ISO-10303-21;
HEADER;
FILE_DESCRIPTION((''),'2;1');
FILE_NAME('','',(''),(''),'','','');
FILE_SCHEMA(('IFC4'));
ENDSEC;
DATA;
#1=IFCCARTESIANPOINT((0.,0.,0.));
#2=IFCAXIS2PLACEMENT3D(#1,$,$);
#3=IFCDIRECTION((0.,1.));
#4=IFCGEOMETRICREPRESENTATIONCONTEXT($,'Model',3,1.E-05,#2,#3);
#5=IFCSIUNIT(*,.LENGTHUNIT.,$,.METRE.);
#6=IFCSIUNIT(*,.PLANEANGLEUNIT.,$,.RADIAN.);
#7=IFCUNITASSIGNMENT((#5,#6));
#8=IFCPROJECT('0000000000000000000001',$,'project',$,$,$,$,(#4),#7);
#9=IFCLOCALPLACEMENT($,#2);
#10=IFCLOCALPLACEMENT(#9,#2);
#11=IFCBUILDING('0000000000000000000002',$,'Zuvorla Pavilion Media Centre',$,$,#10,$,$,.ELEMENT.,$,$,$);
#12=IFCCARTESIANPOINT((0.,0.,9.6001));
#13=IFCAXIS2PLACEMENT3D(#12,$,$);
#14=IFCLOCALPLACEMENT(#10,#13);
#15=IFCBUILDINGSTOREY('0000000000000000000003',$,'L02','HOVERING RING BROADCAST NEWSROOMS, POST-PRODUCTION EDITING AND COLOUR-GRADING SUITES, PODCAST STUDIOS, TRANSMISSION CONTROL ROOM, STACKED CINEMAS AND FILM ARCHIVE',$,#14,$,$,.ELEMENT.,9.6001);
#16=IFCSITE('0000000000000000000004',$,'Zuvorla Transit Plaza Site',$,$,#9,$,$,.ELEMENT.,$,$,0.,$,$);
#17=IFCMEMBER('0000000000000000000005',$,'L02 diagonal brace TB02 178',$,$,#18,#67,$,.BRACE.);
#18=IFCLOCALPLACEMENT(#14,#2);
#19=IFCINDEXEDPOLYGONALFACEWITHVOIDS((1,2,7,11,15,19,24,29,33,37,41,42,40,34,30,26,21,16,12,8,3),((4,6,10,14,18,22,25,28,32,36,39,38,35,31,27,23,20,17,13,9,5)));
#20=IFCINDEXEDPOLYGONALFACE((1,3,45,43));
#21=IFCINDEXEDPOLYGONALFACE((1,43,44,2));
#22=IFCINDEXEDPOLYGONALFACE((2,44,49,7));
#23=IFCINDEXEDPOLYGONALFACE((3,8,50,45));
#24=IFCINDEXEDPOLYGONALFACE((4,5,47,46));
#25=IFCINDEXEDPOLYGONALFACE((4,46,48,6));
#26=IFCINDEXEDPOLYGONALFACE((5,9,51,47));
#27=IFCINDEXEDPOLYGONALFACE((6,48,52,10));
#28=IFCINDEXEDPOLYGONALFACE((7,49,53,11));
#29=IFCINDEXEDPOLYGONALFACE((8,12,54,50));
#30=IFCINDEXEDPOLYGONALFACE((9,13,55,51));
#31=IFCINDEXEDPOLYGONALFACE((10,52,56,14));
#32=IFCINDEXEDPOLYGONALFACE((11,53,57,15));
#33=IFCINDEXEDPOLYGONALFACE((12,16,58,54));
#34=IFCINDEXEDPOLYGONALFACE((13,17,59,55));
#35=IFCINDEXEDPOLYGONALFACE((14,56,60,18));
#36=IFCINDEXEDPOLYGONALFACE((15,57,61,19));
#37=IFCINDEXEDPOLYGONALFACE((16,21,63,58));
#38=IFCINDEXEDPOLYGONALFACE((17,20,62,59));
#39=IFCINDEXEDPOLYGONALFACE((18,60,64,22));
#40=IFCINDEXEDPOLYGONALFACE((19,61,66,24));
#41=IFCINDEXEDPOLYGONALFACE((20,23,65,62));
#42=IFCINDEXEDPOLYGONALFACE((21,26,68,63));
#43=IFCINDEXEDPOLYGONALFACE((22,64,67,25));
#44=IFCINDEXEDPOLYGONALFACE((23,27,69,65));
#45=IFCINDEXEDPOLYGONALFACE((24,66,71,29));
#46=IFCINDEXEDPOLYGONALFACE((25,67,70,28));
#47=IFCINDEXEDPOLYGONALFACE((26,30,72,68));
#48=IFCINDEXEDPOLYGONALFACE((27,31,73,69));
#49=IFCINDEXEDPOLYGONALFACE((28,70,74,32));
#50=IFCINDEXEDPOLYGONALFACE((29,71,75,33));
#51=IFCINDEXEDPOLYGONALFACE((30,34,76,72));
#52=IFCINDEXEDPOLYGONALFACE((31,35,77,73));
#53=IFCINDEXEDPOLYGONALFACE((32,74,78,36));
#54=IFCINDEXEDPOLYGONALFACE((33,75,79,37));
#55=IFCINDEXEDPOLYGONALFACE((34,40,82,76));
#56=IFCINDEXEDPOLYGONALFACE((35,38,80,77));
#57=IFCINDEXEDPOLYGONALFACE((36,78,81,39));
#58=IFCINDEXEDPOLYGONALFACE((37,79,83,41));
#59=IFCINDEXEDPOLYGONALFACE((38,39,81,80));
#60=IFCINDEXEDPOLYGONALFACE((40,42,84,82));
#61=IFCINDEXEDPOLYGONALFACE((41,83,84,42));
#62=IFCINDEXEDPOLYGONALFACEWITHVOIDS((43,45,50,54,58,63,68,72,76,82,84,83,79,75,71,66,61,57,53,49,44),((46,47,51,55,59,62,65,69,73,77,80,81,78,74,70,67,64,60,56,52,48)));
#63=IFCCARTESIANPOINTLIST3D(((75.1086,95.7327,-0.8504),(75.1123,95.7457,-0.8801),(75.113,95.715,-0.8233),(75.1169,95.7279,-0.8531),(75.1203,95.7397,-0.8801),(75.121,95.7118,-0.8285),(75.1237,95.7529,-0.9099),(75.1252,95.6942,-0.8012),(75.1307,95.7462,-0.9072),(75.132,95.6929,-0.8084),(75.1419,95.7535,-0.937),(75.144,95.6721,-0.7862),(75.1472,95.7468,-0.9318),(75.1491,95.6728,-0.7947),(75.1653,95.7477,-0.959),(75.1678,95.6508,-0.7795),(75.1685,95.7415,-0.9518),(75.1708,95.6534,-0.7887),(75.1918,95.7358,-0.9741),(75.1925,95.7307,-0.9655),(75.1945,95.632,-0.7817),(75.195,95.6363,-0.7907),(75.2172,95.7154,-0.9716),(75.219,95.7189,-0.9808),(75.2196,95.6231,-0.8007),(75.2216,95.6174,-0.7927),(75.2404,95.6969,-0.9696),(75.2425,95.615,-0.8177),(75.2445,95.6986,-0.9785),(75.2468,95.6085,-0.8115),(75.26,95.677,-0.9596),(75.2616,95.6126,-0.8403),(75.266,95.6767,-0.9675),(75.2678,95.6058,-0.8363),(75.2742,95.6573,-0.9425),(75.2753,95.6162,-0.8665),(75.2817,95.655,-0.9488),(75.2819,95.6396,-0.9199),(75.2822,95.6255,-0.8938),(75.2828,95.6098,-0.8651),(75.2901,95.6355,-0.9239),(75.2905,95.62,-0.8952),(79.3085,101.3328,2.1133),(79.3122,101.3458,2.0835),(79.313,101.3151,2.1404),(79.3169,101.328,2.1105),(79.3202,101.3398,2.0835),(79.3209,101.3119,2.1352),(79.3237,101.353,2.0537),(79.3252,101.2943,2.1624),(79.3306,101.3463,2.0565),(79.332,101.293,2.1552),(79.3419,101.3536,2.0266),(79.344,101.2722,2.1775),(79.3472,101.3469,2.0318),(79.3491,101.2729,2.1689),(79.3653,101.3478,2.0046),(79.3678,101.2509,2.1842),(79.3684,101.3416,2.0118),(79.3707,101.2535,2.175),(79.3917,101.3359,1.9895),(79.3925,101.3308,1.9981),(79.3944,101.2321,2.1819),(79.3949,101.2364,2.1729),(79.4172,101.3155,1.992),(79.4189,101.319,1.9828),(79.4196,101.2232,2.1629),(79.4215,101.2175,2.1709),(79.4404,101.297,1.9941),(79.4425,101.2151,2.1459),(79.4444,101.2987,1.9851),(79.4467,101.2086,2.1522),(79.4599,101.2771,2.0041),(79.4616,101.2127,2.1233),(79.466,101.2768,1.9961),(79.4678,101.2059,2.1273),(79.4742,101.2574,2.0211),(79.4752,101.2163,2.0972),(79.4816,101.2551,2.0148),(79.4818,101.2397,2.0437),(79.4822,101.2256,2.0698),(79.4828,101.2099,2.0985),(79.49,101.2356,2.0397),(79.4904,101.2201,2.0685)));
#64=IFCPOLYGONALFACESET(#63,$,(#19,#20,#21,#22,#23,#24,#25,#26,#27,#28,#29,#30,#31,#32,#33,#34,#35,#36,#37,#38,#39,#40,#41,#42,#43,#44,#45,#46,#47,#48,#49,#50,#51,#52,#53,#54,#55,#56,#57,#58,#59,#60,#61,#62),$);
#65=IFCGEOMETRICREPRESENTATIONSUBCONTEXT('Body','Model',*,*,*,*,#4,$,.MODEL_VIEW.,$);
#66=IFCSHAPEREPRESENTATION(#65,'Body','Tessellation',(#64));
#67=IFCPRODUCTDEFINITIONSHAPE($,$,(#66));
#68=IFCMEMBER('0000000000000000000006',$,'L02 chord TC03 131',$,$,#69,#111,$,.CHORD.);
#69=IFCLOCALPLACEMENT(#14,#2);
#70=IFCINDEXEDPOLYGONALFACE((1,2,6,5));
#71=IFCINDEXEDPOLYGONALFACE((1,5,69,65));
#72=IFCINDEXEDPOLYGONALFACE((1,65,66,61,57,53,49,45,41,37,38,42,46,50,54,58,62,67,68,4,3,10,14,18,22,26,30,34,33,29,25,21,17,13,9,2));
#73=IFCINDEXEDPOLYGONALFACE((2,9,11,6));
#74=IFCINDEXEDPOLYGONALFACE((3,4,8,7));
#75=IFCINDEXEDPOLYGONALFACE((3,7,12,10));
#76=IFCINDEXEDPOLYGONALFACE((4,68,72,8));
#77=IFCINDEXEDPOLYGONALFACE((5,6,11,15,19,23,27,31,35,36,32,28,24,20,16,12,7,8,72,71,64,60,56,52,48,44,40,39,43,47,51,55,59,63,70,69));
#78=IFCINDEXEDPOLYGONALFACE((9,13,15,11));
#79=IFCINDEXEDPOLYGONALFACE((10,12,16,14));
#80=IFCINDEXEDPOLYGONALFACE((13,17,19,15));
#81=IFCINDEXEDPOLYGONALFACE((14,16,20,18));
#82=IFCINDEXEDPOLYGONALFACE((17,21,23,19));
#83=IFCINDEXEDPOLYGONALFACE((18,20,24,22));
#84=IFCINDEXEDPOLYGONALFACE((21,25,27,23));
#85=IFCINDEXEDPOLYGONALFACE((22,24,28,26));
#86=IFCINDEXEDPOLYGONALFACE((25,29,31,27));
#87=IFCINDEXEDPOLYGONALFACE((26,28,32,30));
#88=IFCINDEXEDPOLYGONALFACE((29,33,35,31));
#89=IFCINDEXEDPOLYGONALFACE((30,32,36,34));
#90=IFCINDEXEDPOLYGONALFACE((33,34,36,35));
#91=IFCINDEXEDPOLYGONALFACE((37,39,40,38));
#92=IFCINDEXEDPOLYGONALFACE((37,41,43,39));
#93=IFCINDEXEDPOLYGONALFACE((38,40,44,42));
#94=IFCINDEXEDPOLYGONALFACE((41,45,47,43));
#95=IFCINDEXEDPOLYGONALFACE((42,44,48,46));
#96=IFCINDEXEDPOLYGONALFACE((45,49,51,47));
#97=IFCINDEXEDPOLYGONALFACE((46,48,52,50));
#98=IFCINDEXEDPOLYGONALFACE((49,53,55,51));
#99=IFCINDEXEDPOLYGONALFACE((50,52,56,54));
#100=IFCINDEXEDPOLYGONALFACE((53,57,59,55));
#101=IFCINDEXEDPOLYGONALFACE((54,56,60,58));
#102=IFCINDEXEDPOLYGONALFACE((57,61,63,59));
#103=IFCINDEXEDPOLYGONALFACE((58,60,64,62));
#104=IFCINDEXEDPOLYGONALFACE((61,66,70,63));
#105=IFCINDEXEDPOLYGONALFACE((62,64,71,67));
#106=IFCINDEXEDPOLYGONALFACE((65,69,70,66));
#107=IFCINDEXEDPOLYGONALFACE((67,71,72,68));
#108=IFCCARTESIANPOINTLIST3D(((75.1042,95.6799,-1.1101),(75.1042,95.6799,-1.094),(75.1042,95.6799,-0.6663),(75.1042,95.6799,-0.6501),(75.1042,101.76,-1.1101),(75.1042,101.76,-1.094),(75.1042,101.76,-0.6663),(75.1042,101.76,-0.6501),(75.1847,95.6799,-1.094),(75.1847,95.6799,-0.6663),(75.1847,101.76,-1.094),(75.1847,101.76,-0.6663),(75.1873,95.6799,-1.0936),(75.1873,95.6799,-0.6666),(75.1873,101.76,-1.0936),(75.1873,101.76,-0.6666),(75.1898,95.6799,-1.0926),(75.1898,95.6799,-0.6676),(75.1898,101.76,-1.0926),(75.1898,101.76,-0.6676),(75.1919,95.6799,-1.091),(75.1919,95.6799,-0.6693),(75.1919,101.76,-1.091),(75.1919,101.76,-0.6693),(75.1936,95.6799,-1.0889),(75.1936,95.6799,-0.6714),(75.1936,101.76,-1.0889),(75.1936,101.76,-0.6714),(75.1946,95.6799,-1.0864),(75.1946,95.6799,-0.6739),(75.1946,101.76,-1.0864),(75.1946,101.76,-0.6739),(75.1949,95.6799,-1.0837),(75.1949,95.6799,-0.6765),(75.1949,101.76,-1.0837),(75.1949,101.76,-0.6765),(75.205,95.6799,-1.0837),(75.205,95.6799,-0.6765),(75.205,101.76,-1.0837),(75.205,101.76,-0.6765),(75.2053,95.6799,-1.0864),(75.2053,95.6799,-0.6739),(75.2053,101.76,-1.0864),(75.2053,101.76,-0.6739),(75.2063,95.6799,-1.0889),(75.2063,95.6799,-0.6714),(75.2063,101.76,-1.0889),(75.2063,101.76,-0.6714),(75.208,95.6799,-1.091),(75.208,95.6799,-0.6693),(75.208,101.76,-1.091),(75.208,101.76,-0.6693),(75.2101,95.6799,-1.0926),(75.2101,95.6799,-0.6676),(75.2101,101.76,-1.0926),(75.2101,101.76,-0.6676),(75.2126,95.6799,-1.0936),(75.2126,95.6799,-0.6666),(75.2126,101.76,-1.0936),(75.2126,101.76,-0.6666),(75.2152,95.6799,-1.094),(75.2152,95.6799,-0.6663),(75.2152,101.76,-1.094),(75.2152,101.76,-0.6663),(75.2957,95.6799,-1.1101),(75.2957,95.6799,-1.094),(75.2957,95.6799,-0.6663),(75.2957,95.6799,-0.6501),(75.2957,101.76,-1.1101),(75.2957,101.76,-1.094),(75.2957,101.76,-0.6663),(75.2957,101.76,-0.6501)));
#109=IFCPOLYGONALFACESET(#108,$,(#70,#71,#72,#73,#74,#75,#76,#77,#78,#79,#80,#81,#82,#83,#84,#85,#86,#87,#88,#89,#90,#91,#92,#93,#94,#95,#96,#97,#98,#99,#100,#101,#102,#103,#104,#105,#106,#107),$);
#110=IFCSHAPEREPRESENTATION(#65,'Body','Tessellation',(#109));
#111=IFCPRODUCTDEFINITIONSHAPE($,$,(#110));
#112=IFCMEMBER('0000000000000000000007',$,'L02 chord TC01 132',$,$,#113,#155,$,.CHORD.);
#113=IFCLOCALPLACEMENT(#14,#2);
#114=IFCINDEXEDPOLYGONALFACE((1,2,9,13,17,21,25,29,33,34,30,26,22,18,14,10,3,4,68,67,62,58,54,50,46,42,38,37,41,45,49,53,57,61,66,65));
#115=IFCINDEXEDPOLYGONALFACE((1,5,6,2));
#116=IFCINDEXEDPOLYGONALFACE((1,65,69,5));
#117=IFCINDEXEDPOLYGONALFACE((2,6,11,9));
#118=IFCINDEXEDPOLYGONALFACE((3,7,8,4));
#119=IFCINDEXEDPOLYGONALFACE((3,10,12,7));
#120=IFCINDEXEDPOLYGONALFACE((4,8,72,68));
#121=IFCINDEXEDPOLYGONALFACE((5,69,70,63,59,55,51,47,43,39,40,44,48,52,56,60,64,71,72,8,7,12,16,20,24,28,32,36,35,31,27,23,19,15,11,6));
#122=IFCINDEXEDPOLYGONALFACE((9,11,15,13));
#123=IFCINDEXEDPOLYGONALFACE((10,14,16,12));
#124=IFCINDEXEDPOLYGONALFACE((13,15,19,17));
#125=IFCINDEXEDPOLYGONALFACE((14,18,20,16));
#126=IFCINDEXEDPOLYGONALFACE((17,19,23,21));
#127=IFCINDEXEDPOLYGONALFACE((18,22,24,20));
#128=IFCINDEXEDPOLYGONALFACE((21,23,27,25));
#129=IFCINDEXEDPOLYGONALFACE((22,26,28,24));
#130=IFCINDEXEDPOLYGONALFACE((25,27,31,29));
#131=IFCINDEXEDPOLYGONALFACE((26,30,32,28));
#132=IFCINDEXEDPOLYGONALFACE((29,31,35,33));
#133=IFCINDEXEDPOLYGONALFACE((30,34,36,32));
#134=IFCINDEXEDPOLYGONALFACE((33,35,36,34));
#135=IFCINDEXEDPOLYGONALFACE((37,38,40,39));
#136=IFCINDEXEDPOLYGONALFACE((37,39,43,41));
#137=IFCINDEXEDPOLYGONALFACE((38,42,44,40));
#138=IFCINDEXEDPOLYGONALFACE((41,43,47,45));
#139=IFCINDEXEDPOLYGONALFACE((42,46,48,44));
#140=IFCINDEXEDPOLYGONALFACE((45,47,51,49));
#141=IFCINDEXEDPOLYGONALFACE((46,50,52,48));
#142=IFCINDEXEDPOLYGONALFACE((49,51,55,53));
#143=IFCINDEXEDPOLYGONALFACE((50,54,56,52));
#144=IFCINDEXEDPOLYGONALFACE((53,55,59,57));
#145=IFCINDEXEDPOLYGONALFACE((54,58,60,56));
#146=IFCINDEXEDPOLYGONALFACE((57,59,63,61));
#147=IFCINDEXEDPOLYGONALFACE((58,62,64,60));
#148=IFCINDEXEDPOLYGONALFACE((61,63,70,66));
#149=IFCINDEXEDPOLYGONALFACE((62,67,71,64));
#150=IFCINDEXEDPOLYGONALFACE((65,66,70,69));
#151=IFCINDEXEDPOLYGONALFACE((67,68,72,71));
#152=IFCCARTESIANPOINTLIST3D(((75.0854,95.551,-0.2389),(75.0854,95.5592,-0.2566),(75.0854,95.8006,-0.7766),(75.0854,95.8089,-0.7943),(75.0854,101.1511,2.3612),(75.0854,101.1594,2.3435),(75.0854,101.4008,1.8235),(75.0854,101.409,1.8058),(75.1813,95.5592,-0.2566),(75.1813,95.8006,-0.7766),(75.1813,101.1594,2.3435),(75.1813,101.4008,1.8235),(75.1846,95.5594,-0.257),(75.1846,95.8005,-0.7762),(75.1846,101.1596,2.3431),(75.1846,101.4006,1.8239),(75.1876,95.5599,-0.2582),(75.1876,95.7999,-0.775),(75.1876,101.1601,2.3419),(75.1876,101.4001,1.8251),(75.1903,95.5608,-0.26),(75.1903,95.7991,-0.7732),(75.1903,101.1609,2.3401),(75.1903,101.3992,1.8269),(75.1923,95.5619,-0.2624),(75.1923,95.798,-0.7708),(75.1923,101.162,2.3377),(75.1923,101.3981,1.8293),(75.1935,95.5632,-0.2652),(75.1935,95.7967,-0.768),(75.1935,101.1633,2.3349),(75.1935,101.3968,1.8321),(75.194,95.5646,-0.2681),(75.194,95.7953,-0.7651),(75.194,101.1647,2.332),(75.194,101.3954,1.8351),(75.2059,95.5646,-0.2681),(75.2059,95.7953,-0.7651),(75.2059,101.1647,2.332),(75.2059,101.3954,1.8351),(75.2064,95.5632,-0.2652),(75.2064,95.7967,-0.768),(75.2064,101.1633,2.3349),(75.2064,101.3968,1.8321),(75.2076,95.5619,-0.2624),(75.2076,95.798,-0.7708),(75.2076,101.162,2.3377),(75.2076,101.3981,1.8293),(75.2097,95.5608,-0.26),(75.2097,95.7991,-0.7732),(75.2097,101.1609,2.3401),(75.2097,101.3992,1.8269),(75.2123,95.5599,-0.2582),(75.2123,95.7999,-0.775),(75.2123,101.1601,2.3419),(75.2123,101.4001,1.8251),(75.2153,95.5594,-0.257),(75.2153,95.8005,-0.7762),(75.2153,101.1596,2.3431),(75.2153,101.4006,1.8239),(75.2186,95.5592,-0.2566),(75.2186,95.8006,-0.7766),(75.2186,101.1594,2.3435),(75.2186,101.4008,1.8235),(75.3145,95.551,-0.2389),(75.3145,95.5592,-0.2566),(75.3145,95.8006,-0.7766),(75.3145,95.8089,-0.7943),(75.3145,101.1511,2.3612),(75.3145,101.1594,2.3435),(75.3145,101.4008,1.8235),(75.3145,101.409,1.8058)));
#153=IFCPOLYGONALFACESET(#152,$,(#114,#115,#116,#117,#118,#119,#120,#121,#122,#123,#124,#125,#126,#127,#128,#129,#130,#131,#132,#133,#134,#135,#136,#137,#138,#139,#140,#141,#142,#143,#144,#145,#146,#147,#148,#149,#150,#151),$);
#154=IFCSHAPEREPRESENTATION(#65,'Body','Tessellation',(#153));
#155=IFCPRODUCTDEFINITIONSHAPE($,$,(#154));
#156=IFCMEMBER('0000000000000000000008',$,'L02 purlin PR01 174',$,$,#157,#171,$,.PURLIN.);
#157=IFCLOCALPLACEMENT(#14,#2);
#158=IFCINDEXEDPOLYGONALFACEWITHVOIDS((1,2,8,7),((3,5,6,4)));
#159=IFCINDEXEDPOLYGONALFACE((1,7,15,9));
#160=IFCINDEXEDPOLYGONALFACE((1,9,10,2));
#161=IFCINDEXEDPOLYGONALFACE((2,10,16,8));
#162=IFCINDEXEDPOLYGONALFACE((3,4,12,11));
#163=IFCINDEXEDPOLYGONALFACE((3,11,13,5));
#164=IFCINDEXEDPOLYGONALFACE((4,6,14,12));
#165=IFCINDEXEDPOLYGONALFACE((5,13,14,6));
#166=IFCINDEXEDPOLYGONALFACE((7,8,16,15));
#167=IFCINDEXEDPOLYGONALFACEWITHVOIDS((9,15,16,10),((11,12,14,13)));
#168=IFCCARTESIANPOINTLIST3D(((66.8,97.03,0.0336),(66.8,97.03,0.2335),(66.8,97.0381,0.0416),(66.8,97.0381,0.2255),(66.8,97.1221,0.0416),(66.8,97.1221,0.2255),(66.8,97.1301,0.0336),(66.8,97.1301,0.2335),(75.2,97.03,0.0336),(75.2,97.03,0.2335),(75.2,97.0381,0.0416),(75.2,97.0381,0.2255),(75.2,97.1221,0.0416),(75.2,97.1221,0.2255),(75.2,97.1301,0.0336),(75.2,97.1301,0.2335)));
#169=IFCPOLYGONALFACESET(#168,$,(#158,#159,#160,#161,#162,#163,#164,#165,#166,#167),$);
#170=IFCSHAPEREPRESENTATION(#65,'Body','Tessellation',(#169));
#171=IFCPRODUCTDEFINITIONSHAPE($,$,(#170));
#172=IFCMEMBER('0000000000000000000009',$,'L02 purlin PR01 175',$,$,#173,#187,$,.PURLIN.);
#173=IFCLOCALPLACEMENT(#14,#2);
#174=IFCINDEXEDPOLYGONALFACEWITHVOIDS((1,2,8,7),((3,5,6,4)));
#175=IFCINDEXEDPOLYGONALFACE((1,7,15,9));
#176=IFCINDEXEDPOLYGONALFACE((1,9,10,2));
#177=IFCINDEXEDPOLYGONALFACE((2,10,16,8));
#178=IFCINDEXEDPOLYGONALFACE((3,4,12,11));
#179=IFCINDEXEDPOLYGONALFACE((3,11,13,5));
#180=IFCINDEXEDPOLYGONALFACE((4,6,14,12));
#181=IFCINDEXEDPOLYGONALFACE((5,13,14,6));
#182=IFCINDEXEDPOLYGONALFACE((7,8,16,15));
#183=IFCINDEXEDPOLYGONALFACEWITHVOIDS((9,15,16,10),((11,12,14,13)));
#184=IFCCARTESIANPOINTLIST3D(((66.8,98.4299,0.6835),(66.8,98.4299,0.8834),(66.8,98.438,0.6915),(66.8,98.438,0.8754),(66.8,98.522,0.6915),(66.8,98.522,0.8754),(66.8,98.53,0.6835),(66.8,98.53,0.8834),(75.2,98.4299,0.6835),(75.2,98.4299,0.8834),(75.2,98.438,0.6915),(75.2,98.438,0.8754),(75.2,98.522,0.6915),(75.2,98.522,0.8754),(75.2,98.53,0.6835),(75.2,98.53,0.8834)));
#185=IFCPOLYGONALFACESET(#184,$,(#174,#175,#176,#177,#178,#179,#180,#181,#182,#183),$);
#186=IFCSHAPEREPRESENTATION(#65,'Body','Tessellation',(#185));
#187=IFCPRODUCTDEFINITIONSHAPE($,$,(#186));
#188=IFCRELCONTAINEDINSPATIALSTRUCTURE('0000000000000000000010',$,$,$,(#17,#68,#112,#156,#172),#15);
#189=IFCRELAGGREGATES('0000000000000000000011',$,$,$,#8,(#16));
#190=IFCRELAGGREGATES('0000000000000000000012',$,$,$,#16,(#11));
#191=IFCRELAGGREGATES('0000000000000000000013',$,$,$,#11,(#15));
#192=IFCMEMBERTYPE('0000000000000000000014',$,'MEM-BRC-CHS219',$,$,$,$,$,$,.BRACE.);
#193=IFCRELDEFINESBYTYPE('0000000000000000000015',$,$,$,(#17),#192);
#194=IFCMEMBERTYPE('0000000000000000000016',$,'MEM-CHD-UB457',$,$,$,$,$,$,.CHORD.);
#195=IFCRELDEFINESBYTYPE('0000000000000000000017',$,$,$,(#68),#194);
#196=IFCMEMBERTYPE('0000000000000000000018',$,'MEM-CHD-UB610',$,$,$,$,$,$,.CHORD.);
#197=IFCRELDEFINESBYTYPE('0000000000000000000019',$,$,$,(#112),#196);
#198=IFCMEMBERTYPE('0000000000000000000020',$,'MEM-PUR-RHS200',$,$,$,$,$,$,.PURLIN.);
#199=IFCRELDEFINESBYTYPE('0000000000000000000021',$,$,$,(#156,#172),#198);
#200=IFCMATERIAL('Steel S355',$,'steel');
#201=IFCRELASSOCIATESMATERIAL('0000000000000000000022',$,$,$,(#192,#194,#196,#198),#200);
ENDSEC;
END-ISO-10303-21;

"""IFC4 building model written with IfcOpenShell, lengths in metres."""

from ifc_helpers import new_model, si_unit, direction, frame, origin, origin_2d, place, context, subcontext, project, spatial, hollow_rectangle, hollow_circle, i_section, extrude, material, material_profile, profile_set, type_object, element, save


model = new_model("IFC4")

# Units and contexts
model_context = context("Model", 3, precision=1e-05, world=origin(), true_north=direction((0.0, 1.0)))
body_context = subcontext(model_context, "Body", "Model", "MODEL_VIEW")
ifc_project = project(units=[si_unit("LENGTHUNIT", "METRE"), si_unit("PLANEANGLEUNIT", "RADIAN")], contexts=[model_context])

# Site, building, storey
site_placement = place(None, origin())
site = spatial("IfcSite", under=ifc_project, at=site_placement, Name="Zuvorla Transit Plaza Site", CompositionType="ELEMENT", RefElevation=0.0)
building_placement = place(site_placement, origin())
building = spatial("IfcBuilding", under=site, at=building_placement, Name="Zuvorla Pavilion Media Centre", CompositionType="ELEMENT")
storey_placement = place(building_placement, frame((0.0, 0.0, 9.6001)))
storey = spatial("IfcBuildingStorey", under=building, at=storey_placement, Name="L02", Description="HOVERING RING BROADCAST NEWSROOMS, POST-PRODUCTION EDITING AND COLOUR-GRADING SUITES, PODCAST STUDIOS, TRANSMISSION CONTROL ROOM, STACKED CINEMAS AND FILM ARCHIVE", CompositionType="ELEMENT", Elevation=9.6001)

# Shared definitions
ifc_material_1 = material(Name="Steel S355", Category="steel")

# Members
ifc_material_profile_1 = material_profile(ifc_material_1, hollow_circle(Radius=0.1096, WallThickness=0.01, at=origin_2d()), Name="CHS 219.1x10")
ifc_profile_set_1 = profile_set([ifc_material_profile_1], Name="Steel S355")
member_type_1 = type_object("IfcMemberType", Name="MEM-BRC-CHS219", PredefinedType="BRACE", material=ifc_profile_set_1)
for number, where, z_axis, x_axis, name in (
    (1, (75.2, 95.6799, -0.8801), (0.552512, 0.736704, 0.38987), (-0.800008, 0.599989, 0.0), "L02 diagonal brace TB02 178"),
):
    element("IfcMember", number, at=place(storey_placement, frame(where, z_axis=z_axis, x_axis=x_axis)), inside=storey, type_object=member_type_1, Name=name, PredefinedType="BRACE", context=body_context, shape_type="SweptSolid", body=[
        extrude(hollow_circle(Radius=0.1096, WallThickness=0.01, at=origin_2d()), origin(), (0.0, 0.0, 1.0), 7.6016),
    ])
ifc_material_profile_2 = material_profile(ifc_material_1, i_section(OverallWidth=0.1914, OverallDepth=0.46, WebThickness=0.01, FlangeThickness=0.0161, FilletRadius=0.0103, at=origin_2d()), Name="UB 457x191x82")
ifc_profile_set_2 = profile_set([ifc_material_profile_2], Name="Steel S355")
member_type_2 = type_object("IfcMemberType", Name="MEM-CHD-UB457", PredefinedType="CHORD", material=ifc_profile_set_2)
member_1_placement = place(storey_placement, frame((75.2, 95.6799, -0.8801), z_axis=(0.0, 1.0, 0.0), x_axis=(-1.0, 0.0, 0.0)))
element("IfcMember", 2, at=member_1_placement, inside=storey, type_object=member_type_2, Name="L02 chord TC03 131", PredefinedType="CHORD", context=body_context, shape_type="SweptSolid", body=[
    extrude(i_section(OverallWidth=0.1914, OverallDepth=0.46, WebThickness=0.01, FlangeThickness=0.0161, FilletRadius=0.0103, at=origin_2d()), origin(), (0.0, 0.0, 1.0), 6.0801),
])
ifc_material_profile_3 = material_profile(ifc_material_1, i_section(OverallWidth=0.229, OverallDepth=0.6123, WebThickness=0.012, FlangeThickness=0.0195, FilletRadius=0.0127, at=origin_2d()), Name="UB 610x229x125")
ifc_profile_set_3 = profile_set([ifc_material_profile_3], Name="Steel S355")
member_type_3 = type_object("IfcMemberType", Name="MEM-CHD-UB610", PredefinedType="CHORD", material=ifc_profile_set_3)
member_2_placement = place(storey_placement, frame((75.2, 95.6799, -0.5166), z_axis=(0.0, 0.907006, 0.421118), x_axis=(-1.0, 0.0, 0.0)))
element("IfcMember", 3, at=member_2_placement, inside=storey, type_object=member_type_3, Name="L02 chord TC01 132", PredefinedType="CHORD", context=body_context, shape_type="SweptSolid", body=[
    extrude(i_section(OverallWidth=0.229, OverallDepth=0.6123, WebThickness=0.012, FlangeThickness=0.0195, FilletRadius=0.0127, at=origin_2d()), origin(), (0.0, 0.0, 1.0), 6.1743),
])
ifc_material_profile_4 = material_profile(ifc_material_1, hollow_rectangle(XDim=0.1001, YDim=0.2, WallThickness=0.0081, at=origin_2d()), Name="RHS 200x100x8")
ifc_profile_set_4 = profile_set([ifc_material_profile_4], Name="Steel S355")
member_type_4 = type_object("IfcMemberType", Name="MEM-PUR-RHS200", PredefinedType="PURLIN", material=ifc_profile_set_4)
for number, where, z_axis, x_axis, name in (
    (4, (66.8, 97.0801, 0.1335), (1.0, 0.0, 0.0), (0.0, 1.0, 0.0), "L02 purlin PR01 174"),
    (5, (66.8, 98.48, 0.7834), (1.0, 0.0, 0.0), (0.0, 1.0, 0.0), "L02 purlin PR01 175"),
):
    element("IfcMember", number, at=place(storey_placement, frame(where, z_axis=z_axis, x_axis=x_axis)), inside=storey, type_object=member_type_4, Name=name, PredefinedType="PURLIN", context=body_context, shape_type="SweptSolid", body=[
        extrude(hollow_rectangle(XDim=0.1001, YDim=0.2, WallThickness=0.0081, at=origin_2d()), origin(), (0.0, 0.0, 1.0), 8.3999),
    ])

save(model, "model.ifc")
